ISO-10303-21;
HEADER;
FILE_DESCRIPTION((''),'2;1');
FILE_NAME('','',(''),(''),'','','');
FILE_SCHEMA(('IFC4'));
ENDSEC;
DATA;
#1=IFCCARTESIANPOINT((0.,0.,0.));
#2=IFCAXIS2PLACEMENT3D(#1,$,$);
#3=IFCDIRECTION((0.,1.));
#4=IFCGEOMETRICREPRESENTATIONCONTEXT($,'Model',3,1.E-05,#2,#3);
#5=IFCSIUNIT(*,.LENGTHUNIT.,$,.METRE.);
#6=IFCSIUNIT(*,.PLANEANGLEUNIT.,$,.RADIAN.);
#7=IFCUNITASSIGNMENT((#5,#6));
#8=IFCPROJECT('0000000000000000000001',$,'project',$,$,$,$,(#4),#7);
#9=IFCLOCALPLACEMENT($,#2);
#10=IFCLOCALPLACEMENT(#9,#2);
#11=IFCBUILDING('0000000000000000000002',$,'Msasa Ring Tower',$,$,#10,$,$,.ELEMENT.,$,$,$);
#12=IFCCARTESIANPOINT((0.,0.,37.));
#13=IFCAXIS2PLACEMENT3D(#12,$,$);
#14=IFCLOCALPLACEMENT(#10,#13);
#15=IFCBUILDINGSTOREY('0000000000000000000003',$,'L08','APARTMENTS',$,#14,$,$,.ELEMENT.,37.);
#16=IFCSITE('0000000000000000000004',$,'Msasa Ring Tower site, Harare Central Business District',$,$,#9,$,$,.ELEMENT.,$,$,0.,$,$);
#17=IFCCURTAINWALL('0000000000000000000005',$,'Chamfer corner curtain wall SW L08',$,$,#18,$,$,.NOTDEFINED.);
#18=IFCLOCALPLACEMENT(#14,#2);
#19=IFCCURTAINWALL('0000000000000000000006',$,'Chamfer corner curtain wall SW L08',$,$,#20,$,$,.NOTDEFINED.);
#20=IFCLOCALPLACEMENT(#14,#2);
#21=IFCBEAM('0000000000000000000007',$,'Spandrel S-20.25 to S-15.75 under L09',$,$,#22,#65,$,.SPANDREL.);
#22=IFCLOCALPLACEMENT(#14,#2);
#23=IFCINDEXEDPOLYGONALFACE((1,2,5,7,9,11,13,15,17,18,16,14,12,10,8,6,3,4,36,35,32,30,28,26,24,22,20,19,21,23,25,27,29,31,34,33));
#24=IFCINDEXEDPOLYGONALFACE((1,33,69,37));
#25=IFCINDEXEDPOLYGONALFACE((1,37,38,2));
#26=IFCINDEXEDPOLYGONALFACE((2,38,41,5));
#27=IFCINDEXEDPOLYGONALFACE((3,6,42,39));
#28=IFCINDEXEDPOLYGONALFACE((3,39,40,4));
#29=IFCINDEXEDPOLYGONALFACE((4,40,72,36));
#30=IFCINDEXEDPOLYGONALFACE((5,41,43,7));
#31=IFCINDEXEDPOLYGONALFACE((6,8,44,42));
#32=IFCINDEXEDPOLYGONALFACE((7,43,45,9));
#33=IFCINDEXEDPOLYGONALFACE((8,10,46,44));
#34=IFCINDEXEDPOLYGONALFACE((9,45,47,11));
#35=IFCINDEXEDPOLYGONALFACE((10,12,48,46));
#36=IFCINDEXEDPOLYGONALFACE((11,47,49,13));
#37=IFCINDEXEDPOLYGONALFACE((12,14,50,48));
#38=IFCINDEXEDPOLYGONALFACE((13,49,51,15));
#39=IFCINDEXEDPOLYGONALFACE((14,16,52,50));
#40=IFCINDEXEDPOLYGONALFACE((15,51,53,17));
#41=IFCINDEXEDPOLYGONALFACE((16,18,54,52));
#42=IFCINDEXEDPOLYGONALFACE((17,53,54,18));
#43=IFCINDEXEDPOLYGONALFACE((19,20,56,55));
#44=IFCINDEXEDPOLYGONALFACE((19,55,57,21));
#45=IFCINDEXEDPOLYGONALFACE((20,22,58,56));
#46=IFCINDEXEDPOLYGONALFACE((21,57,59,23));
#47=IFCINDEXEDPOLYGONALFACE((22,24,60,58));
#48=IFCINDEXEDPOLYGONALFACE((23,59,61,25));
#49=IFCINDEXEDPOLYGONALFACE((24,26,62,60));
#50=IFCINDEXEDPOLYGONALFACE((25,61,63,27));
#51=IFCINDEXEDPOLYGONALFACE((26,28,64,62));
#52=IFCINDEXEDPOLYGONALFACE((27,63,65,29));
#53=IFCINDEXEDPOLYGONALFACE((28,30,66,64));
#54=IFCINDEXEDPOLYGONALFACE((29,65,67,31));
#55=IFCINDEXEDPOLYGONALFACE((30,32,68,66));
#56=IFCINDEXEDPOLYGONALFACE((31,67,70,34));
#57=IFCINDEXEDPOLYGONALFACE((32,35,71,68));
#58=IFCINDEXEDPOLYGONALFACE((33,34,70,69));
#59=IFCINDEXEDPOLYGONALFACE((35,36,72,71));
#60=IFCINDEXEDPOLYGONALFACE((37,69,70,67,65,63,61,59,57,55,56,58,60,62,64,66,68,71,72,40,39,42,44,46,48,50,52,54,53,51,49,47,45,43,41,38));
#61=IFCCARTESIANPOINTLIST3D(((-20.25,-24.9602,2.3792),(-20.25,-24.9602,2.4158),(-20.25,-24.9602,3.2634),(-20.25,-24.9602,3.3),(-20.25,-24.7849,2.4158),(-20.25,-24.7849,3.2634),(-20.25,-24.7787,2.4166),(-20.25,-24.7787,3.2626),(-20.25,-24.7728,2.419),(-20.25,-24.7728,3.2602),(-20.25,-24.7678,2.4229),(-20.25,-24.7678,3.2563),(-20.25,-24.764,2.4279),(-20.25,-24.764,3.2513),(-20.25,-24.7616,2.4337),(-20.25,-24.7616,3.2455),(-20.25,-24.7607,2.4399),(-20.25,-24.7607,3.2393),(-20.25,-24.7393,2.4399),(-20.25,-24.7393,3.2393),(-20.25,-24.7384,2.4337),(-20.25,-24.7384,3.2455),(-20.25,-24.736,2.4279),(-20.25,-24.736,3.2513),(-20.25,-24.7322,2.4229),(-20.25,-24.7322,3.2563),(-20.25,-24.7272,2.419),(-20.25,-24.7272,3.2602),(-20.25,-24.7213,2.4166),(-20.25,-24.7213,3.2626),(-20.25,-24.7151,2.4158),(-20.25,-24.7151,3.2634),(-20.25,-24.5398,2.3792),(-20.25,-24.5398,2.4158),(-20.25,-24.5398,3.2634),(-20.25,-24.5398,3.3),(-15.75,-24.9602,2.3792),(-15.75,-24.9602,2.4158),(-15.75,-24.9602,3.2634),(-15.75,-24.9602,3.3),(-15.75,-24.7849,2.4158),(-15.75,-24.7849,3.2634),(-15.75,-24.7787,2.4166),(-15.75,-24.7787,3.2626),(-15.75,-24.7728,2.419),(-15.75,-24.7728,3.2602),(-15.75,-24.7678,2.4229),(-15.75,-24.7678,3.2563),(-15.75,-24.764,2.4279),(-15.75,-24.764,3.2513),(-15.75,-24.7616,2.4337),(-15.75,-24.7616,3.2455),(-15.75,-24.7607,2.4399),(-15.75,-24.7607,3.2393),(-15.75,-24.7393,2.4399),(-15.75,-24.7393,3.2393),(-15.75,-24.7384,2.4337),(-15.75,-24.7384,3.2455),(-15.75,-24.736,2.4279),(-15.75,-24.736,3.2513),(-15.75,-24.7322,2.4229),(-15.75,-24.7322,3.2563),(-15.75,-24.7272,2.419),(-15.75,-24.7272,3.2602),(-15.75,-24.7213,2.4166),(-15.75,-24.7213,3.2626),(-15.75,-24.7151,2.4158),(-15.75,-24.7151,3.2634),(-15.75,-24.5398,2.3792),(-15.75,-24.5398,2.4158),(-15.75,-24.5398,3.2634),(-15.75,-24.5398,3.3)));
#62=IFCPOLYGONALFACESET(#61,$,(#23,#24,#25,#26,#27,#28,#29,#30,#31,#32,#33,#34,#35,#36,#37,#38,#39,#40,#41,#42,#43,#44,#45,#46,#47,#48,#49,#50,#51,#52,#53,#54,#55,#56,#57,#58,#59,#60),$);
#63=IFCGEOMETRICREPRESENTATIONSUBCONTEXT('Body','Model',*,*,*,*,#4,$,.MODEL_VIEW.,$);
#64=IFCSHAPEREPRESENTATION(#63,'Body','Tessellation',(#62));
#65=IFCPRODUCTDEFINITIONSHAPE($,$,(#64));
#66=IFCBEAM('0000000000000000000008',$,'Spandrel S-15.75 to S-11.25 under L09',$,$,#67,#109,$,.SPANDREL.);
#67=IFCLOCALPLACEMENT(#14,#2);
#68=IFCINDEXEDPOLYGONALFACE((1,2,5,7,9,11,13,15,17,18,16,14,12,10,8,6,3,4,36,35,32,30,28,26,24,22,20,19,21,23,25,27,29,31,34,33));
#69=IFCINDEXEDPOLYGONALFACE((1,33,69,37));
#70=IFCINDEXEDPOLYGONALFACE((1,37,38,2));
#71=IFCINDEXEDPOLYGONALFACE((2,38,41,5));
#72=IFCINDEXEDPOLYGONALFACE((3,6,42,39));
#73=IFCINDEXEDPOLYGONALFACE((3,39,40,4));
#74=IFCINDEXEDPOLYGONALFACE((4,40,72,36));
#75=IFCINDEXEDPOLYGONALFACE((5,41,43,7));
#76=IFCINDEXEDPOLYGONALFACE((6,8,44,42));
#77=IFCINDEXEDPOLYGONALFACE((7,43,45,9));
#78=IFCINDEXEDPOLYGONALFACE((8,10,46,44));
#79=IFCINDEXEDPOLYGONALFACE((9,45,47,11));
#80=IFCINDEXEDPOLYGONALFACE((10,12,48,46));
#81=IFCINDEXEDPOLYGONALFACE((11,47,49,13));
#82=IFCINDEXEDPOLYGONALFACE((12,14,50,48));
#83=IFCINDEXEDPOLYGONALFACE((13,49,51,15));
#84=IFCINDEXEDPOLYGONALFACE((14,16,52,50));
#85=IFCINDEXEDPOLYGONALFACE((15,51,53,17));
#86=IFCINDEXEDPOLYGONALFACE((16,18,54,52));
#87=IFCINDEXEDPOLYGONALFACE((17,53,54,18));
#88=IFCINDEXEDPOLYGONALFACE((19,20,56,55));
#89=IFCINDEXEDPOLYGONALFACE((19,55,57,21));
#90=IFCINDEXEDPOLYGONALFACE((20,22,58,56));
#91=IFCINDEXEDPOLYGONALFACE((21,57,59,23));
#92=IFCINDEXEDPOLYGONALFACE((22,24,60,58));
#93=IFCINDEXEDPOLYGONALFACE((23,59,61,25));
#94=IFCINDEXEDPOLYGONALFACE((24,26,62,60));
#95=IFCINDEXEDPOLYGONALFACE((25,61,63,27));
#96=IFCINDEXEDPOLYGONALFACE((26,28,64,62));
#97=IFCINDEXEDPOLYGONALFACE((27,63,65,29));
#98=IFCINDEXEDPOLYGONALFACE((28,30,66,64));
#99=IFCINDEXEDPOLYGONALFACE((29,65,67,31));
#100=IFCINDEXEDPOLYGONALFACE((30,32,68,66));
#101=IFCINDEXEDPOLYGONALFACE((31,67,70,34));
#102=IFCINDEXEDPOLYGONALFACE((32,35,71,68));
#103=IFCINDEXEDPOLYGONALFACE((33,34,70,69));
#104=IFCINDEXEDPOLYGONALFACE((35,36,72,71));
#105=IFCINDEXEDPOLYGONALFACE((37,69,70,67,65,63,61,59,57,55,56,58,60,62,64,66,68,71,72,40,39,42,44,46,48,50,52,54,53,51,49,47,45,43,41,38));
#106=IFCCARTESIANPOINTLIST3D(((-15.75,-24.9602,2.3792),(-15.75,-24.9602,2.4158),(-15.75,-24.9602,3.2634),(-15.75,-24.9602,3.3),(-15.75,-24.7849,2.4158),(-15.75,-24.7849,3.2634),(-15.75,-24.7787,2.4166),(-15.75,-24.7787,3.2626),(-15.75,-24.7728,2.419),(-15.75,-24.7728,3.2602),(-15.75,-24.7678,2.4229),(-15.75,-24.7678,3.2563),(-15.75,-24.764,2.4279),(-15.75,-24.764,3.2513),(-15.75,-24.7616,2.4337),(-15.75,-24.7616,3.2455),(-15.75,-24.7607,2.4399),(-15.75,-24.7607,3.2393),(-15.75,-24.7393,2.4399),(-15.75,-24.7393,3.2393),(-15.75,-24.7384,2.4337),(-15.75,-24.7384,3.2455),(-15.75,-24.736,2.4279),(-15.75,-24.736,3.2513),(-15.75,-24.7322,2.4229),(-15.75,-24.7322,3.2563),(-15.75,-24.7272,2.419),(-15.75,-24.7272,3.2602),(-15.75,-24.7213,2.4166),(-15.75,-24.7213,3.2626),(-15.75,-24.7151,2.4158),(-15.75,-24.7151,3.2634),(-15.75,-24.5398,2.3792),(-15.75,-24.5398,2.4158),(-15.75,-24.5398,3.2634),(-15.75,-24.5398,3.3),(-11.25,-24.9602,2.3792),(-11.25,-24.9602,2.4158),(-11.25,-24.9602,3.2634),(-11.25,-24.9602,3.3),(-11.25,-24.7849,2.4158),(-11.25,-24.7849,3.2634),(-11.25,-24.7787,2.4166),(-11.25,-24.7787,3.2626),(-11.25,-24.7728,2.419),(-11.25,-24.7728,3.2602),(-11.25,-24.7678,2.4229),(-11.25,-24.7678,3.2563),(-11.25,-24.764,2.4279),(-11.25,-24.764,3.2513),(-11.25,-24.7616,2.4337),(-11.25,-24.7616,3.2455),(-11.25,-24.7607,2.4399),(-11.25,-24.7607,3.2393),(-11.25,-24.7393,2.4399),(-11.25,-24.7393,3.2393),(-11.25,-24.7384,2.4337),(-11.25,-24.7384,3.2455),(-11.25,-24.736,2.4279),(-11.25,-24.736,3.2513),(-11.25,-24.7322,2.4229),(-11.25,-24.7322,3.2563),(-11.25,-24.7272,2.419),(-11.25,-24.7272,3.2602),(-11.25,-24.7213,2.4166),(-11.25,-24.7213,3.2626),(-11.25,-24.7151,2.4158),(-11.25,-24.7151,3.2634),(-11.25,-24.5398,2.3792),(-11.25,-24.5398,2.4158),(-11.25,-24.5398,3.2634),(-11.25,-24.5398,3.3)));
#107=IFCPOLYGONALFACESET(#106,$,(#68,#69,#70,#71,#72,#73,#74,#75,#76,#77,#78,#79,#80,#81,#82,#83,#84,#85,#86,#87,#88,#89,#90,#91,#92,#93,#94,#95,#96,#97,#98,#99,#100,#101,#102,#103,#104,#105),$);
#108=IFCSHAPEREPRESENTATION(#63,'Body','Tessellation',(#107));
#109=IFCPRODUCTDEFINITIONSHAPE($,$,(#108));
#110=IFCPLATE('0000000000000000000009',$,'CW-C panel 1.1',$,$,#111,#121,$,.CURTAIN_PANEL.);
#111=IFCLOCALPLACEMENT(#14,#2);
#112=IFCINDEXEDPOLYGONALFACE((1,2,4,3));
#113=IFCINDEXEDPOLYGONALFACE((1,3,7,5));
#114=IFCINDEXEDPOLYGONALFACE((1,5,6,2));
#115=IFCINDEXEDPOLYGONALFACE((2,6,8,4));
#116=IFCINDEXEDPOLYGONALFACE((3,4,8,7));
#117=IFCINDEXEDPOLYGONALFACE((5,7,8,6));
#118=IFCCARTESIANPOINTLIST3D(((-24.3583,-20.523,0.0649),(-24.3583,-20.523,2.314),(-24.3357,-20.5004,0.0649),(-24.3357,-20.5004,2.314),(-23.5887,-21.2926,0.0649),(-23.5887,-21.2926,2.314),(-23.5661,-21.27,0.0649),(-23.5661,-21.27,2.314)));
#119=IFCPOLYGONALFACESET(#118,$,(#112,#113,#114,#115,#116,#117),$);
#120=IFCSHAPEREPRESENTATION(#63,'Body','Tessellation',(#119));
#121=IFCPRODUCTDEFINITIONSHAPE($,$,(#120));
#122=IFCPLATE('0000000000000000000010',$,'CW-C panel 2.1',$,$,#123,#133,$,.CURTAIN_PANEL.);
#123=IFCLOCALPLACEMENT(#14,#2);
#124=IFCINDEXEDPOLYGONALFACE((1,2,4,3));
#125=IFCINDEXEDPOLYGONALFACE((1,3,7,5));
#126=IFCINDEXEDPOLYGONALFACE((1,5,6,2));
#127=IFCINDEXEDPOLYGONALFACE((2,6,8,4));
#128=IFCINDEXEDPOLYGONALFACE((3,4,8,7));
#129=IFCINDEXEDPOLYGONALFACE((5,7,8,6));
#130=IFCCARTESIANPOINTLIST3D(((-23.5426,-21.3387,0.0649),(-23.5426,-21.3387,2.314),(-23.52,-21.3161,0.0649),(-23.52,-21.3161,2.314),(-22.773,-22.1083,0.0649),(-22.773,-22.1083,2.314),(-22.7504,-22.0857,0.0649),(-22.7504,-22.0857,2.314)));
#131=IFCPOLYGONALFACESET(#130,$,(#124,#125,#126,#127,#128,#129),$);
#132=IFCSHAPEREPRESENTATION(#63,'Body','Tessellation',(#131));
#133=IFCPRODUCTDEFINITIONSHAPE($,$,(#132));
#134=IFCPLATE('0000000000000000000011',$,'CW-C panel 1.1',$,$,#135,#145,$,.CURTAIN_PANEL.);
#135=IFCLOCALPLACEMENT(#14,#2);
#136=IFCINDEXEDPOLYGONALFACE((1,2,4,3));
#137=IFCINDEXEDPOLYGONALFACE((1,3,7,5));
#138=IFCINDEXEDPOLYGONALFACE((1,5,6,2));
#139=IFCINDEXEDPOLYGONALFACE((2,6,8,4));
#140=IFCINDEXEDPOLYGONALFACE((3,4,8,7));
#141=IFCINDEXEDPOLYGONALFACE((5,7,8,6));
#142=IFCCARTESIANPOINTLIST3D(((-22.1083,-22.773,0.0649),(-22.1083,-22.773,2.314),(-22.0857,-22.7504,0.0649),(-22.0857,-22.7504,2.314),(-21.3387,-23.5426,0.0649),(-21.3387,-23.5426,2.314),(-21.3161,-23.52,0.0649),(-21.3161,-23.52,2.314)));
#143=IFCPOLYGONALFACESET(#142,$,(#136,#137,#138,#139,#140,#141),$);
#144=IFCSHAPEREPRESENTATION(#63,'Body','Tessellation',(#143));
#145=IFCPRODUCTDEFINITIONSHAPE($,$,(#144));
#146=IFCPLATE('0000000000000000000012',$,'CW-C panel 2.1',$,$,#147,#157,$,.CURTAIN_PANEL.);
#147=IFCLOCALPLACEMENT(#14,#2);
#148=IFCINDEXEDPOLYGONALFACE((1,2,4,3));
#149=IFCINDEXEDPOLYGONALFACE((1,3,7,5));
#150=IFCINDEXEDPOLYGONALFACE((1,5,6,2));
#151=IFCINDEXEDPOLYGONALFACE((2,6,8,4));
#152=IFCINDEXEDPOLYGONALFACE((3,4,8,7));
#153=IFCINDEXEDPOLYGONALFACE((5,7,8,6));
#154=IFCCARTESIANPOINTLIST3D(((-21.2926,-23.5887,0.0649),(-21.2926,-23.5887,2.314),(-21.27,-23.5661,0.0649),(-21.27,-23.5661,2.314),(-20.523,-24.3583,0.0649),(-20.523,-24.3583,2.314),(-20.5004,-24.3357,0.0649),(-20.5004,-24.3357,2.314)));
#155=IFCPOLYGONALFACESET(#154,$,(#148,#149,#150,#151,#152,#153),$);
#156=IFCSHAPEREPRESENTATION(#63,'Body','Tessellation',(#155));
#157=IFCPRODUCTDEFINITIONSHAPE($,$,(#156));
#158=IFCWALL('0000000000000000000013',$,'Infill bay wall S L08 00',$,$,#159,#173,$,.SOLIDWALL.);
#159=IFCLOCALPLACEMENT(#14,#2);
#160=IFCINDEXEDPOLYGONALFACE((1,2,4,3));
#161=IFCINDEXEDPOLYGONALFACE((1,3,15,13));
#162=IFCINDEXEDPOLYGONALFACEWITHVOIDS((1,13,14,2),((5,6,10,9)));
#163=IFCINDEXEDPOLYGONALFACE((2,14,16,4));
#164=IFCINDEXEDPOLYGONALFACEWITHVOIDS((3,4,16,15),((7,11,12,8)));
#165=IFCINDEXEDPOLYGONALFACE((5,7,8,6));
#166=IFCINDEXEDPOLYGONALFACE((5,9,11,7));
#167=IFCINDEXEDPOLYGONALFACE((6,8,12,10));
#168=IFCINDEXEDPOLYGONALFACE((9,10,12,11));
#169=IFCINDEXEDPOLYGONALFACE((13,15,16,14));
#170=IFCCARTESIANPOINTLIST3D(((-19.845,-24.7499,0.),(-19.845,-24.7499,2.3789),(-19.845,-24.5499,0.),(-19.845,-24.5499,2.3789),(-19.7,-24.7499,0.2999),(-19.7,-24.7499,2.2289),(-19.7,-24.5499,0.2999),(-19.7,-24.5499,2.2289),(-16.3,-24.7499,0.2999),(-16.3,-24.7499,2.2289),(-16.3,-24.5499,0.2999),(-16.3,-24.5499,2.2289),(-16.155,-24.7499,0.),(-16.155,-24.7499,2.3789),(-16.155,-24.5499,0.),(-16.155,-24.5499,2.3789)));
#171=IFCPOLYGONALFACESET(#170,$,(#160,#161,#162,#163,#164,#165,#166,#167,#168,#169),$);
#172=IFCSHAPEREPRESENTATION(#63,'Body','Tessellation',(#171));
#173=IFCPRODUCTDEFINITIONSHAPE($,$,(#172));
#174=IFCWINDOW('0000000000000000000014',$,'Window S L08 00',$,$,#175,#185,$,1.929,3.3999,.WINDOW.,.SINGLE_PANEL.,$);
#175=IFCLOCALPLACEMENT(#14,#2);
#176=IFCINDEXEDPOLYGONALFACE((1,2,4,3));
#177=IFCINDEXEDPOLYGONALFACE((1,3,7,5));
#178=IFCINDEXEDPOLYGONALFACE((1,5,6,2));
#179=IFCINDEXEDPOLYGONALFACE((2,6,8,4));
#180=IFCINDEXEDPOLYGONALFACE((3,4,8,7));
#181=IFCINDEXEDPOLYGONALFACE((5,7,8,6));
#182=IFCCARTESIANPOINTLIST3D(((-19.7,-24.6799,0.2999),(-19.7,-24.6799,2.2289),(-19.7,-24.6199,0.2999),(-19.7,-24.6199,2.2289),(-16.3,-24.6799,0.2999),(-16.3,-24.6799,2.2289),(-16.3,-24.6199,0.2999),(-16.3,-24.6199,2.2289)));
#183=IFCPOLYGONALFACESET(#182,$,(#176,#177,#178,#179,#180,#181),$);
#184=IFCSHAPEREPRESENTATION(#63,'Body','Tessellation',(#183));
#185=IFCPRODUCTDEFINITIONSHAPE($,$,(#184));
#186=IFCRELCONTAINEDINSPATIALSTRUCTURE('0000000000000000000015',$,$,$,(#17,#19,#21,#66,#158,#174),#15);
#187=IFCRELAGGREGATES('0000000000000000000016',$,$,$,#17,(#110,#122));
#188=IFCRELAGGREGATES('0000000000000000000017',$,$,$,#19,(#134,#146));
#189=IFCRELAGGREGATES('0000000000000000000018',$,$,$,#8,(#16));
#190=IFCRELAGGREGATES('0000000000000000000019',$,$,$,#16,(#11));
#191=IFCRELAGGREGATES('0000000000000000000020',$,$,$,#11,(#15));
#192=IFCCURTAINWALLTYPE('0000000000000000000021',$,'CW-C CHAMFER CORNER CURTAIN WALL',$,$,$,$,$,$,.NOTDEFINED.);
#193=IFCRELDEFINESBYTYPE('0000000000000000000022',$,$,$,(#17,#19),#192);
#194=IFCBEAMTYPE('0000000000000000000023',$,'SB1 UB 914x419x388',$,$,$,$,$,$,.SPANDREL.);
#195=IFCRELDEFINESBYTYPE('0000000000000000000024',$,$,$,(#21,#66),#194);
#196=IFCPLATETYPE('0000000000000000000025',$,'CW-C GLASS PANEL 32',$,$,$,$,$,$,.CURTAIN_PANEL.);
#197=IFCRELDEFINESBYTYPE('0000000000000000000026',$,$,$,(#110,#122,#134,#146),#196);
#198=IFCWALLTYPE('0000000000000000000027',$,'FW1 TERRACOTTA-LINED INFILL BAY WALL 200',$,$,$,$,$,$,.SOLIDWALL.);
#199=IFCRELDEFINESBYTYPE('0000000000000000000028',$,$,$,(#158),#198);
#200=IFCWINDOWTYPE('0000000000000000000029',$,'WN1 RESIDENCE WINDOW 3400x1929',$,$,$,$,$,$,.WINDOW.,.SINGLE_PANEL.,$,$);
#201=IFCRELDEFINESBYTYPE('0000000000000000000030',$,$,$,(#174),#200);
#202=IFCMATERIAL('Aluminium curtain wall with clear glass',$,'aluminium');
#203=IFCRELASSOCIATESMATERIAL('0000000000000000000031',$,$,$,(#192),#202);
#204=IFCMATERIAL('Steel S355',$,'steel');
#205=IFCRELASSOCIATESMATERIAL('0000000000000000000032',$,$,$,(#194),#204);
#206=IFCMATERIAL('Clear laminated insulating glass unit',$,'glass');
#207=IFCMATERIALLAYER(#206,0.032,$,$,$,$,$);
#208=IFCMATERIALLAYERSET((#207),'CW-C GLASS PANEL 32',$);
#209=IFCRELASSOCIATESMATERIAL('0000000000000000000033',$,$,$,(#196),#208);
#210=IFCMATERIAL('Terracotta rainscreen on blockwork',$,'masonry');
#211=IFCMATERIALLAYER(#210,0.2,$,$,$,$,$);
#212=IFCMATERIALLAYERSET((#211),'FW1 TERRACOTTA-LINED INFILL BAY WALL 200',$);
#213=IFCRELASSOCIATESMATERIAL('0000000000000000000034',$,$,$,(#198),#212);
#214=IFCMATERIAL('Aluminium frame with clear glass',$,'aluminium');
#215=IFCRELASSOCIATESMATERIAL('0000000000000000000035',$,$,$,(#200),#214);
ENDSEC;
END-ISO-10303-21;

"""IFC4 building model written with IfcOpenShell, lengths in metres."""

from ifc_helpers import new_model, si_unit, direction, frame, frame_2d, origin, origin_2d, place, context, subcontext, project, spatial, rectangle, i_section, extrude, material, layer, layer_set, material_profile, profile_set, type_object, element, fill, aggregate, save


model = new_model("IFC4")

# Units and contexts
model_context = context("Model", 3, precision=1e-05, world=origin(), true_north=direction((0.0, 1.0)))
body_context = subcontext(model_context, "Body", "Model", "MODEL_VIEW")
ifc_project = project(units=[si_unit("LENGTHUNIT", "METRE"), si_unit("PLANEANGLEUNIT", "RADIAN")], contexts=[model_context])

# Site, building, storey
site_placement = place(None, origin())
site = spatial("IfcSite", under=ifc_project, at=site_placement, Name="Msasa Ring Tower site, Harare Central Business District", CompositionType="ELEMENT", RefElevation=0.0)
building_placement = place(site_placement, origin())
building = spatial("IfcBuilding", under=site, at=building_placement, Name="Msasa Ring Tower", CompositionType="ELEMENT")
storey_placement = place(building_placement, frame((0.0, 0.0, 37.0)))
storey = spatial("IfcBuildingStorey", under=building, at=storey_placement, Name="L08", Description="APARTMENTS", CompositionType="ELEMENT", Elevation=37.0)

# Curtain walls
ifc_material_1 = material(Name="Aluminium curtain wall with clear glass", Category="aluminium")
curtain_wall_type = type_object("IfcCurtainWallType", Name="CW-C CHAMFER CORNER CURTAIN WALL", PredefinedType="NOTDEFINED", material=ifc_material_1)
curtain_wall_1_placement = place(storey_placement, origin())
curtain_wall_1 = element("IfcCurtainWall", 1, at=curtain_wall_1_placement, inside=storey, type_object=curtain_wall_type, Name="Chamfer corner curtain wall SW L08", PredefinedType="NOTDEFINED")
curtain_wall_2_placement = place(storey_placement, origin())
curtain_wall_2 = element("IfcCurtainWall", 2, at=curtain_wall_2_placement, inside=storey, type_object=curtain_wall_type, Name="Chamfer corner curtain wall SW L08", PredefinedType="NOTDEFINED")

# Beams
ifc_material_2 = material(Name="Steel S355", Category="steel")
ifc_material_profile_1 = material_profile(ifc_material_2, i_section(OverallWidth=0.4204, OverallDepth=0.9209, WebThickness=0.0215, FlangeThickness=0.0366, FilletRadius=0.0242, at=origin_2d()), Name="UB 914x419x388")
ifc_profile_set_1 = profile_set([ifc_material_profile_1], Name="Steel S355")
beam_type_1 = type_object("IfcBeamType", Name="SB1 UB 914x419x388", PredefinedType="SPANDREL", material=ifc_profile_set_1)
for number, where, z_axis, x_axis, name in (
    (3, (-20.25, -24.75, 2.8396), (1.0, 0.0, 0.0), (0.0, 1.0, 0.0), "Spandrel S-20.25 to S-15.75 under L09"),
    (4, (-15.75, -24.75, 2.8396), (1.0, 0.0, 0.0), (0.0, 1.0, 0.0), "Spandrel S-15.75 to S-11.25 under L09"),
):
    element("IfcBeam", number, at=place(storey_placement, frame(where, z_axis=z_axis, x_axis=x_axis)), inside=storey, type_object=beam_type_1, Name=name, PredefinedType="SPANDREL", context=body_context, shape_type="SweptSolid", body=[
        extrude(i_section(OverallWidth=0.4204, OverallDepth=0.9209, WebThickness=0.0215, FlangeThickness=0.0366, FilletRadius=0.0242, at=origin_2d()), origin(), (0.0, 0.0, 1.0), 4.5),
    ])

# Plates
ifc_material_3 = material(Name="Clear laminated insulating glass unit", Category="glass")
ifc_layer_1 = layer(ifc_material_3, 0.032)
ifc_layer_set_1 = layer_set([ifc_layer_1], Name="CW-C GLASS PANEL 32")
plate_type = type_object("IfcPlateType", Name="CW-C GLASS PANEL 32", PredefinedType="CURTAIN_PANEL", material=ifc_layer_set_1)
plate_1_placement = place(storey_placement, frame((-23.9622, -20.8965, 0.0649), z_axis=(0.0, 0.0, 1.0), x_axis=(0.707107, -0.707107, 0.0)))
plate_1 = element("IfcPlate", 5, at=plate_1_placement, type_object=plate_type, Name="CW-C panel 1.1", PredefinedType="CURTAIN_PANEL", context=body_context, shape_type="SweptSolid", body=[
    extrude(rectangle(XDim=1.0884, YDim=0.032, at=origin_2d()), origin(), (0.0, 0.0, 1.0), 2.249),
])
plate_2_placement = place(storey_placement, frame((-23.1465, -21.7122, 0.0649), z_axis=(0.0, 0.0, 1.0), x_axis=(0.707107, -0.707107, 0.0)))
plate_2 = element("IfcPlate", 6, at=plate_2_placement, type_object=plate_type, Name="CW-C panel 2.1", PredefinedType="CURTAIN_PANEL", context=body_context, shape_type="SweptSolid", body=[
    extrude(rectangle(XDim=1.0884, YDim=0.032, at=origin_2d()), origin(), (0.0, 0.0, 1.0), 2.249),
])
aggregate(curtain_wall_1, [plate_1, plate_2])
plate_3_placement = place(storey_placement, frame((-21.7122, -23.1465, 0.0649), z_axis=(0.0, 0.0, 1.0), x_axis=(0.707107, -0.707107, 0.0)))
plate_3 = element("IfcPlate", 7, at=plate_3_placement, type_object=plate_type, Name="CW-C panel 1.1", PredefinedType="CURTAIN_PANEL", context=body_context, shape_type="SweptSolid", body=[
    extrude(rectangle(XDim=1.0884, YDim=0.032, at=origin_2d()), origin(), (0.0, 0.0, 1.0), 2.249),
])
plate_4_placement = place(storey_placement, frame((-20.8965, -23.9622, 0.0649), z_axis=(0.0, 0.0, 1.0), x_axis=(0.707107, -0.707107, 0.0)))
plate_4 = element("IfcPlate", 8, at=plate_4_placement, type_object=plate_type, Name="CW-C panel 2.1", PredefinedType="CURTAIN_PANEL", context=body_context, shape_type="SweptSolid", body=[
    extrude(rectangle(XDim=1.0884, YDim=0.032, at=origin_2d()), origin(), (0.0, 0.0, 1.0), 2.249),
])
aggregate(curtain_wall_2, [plate_3, plate_4])

# Wall, opening, window
ifc_material_4 = material(Name="Terracotta rainscreen on blockwork", Category="masonry")
ifc_layer_2 = layer(ifc_material_4, 0.2)
ifc_layer_set_2 = layer_set([ifc_layer_2], Name="FW1 TERRACOTTA-LINED INFILL BAY WALL 200")
wall_type_1 = type_object("IfcWallType", Name="FW1 TERRACOTTA-LINED INFILL BAY WALL 200", PredefinedType="SOLIDWALL", material=ifc_layer_set_2)
wall_1_placement = place(storey_placement, frame((-19.845, -24.6499, 0.0), z_axis=(0.0, 0.0, 1.0), x_axis=(1.0, 0.0, 0.0)))
wall_1 = element("IfcWall", 9, at=wall_1_placement, inside=storey, type_object=wall_type_1, Name="Infill bay wall S L08 00", PredefinedType="SOLIDWALL", context=body_context, shape_type="SweptSolid", body=[
    extrude(rectangle(XDim=3.6899, YDim=0.2, at=frame_2d((1.845, 0.0))), origin(), (0.0, 0.0, 1.0), 2.3789),
])
opening_1_placement = place(wall_1_placement, frame((0.145, 0.0, 0.3)))
opening_1 = element("IfcOpeningElement", 10, at=opening_1_placement, cuts=wall_1, PredefinedType="OPENING", context=body_context, shape_type="SweptSolid", body=[
    extrude(rectangle(XDim=3.3999, YDim=1.929, at=frame_2d((1.7, 0.9644))), frame((0.0, 0.1099, 0.0), z_axis=(0.0, -1.0, 0.0), x_axis=(1.0, 0.0, 0.0)), (0.0, 0.0, 1.0), 0.22),
])
ifc_material_5 = material(Name="Aluminium frame with clear glass", Category="aluminium")
window_type = type_object("IfcWindowType", Name="WN1 RESIDENCE WINDOW 3400x1929", PartitioningType="SINGLE_PANEL", PredefinedType="WINDOW", material=ifc_material_5)
window_1_placement = place(opening_1_placement, origin())
window_1 = element("IfcWindow", 11, at=window_1_placement, inside=storey, type_object=window_type, Name="Window S L08 00", OverallHeight=1.929, OverallWidth=3.3999, PartitioningType="SINGLE_PANEL", PredefinedType="WINDOW", context=body_context, shape_type="SweptSolid", body=[
    extrude(rectangle(XDim=3.3999, YDim=1.929, at=frame_2d((1.7, 0.9644))), frame((0.0, 0.03, 0.0), z_axis=(0.0, -1.0, 0.0), x_axis=(1.0, 0.0, 0.0)), (0.0, 0.0, 1.0), 0.0601),
])
fill(opening_1, window_1)

save(model, "model.ifc")
